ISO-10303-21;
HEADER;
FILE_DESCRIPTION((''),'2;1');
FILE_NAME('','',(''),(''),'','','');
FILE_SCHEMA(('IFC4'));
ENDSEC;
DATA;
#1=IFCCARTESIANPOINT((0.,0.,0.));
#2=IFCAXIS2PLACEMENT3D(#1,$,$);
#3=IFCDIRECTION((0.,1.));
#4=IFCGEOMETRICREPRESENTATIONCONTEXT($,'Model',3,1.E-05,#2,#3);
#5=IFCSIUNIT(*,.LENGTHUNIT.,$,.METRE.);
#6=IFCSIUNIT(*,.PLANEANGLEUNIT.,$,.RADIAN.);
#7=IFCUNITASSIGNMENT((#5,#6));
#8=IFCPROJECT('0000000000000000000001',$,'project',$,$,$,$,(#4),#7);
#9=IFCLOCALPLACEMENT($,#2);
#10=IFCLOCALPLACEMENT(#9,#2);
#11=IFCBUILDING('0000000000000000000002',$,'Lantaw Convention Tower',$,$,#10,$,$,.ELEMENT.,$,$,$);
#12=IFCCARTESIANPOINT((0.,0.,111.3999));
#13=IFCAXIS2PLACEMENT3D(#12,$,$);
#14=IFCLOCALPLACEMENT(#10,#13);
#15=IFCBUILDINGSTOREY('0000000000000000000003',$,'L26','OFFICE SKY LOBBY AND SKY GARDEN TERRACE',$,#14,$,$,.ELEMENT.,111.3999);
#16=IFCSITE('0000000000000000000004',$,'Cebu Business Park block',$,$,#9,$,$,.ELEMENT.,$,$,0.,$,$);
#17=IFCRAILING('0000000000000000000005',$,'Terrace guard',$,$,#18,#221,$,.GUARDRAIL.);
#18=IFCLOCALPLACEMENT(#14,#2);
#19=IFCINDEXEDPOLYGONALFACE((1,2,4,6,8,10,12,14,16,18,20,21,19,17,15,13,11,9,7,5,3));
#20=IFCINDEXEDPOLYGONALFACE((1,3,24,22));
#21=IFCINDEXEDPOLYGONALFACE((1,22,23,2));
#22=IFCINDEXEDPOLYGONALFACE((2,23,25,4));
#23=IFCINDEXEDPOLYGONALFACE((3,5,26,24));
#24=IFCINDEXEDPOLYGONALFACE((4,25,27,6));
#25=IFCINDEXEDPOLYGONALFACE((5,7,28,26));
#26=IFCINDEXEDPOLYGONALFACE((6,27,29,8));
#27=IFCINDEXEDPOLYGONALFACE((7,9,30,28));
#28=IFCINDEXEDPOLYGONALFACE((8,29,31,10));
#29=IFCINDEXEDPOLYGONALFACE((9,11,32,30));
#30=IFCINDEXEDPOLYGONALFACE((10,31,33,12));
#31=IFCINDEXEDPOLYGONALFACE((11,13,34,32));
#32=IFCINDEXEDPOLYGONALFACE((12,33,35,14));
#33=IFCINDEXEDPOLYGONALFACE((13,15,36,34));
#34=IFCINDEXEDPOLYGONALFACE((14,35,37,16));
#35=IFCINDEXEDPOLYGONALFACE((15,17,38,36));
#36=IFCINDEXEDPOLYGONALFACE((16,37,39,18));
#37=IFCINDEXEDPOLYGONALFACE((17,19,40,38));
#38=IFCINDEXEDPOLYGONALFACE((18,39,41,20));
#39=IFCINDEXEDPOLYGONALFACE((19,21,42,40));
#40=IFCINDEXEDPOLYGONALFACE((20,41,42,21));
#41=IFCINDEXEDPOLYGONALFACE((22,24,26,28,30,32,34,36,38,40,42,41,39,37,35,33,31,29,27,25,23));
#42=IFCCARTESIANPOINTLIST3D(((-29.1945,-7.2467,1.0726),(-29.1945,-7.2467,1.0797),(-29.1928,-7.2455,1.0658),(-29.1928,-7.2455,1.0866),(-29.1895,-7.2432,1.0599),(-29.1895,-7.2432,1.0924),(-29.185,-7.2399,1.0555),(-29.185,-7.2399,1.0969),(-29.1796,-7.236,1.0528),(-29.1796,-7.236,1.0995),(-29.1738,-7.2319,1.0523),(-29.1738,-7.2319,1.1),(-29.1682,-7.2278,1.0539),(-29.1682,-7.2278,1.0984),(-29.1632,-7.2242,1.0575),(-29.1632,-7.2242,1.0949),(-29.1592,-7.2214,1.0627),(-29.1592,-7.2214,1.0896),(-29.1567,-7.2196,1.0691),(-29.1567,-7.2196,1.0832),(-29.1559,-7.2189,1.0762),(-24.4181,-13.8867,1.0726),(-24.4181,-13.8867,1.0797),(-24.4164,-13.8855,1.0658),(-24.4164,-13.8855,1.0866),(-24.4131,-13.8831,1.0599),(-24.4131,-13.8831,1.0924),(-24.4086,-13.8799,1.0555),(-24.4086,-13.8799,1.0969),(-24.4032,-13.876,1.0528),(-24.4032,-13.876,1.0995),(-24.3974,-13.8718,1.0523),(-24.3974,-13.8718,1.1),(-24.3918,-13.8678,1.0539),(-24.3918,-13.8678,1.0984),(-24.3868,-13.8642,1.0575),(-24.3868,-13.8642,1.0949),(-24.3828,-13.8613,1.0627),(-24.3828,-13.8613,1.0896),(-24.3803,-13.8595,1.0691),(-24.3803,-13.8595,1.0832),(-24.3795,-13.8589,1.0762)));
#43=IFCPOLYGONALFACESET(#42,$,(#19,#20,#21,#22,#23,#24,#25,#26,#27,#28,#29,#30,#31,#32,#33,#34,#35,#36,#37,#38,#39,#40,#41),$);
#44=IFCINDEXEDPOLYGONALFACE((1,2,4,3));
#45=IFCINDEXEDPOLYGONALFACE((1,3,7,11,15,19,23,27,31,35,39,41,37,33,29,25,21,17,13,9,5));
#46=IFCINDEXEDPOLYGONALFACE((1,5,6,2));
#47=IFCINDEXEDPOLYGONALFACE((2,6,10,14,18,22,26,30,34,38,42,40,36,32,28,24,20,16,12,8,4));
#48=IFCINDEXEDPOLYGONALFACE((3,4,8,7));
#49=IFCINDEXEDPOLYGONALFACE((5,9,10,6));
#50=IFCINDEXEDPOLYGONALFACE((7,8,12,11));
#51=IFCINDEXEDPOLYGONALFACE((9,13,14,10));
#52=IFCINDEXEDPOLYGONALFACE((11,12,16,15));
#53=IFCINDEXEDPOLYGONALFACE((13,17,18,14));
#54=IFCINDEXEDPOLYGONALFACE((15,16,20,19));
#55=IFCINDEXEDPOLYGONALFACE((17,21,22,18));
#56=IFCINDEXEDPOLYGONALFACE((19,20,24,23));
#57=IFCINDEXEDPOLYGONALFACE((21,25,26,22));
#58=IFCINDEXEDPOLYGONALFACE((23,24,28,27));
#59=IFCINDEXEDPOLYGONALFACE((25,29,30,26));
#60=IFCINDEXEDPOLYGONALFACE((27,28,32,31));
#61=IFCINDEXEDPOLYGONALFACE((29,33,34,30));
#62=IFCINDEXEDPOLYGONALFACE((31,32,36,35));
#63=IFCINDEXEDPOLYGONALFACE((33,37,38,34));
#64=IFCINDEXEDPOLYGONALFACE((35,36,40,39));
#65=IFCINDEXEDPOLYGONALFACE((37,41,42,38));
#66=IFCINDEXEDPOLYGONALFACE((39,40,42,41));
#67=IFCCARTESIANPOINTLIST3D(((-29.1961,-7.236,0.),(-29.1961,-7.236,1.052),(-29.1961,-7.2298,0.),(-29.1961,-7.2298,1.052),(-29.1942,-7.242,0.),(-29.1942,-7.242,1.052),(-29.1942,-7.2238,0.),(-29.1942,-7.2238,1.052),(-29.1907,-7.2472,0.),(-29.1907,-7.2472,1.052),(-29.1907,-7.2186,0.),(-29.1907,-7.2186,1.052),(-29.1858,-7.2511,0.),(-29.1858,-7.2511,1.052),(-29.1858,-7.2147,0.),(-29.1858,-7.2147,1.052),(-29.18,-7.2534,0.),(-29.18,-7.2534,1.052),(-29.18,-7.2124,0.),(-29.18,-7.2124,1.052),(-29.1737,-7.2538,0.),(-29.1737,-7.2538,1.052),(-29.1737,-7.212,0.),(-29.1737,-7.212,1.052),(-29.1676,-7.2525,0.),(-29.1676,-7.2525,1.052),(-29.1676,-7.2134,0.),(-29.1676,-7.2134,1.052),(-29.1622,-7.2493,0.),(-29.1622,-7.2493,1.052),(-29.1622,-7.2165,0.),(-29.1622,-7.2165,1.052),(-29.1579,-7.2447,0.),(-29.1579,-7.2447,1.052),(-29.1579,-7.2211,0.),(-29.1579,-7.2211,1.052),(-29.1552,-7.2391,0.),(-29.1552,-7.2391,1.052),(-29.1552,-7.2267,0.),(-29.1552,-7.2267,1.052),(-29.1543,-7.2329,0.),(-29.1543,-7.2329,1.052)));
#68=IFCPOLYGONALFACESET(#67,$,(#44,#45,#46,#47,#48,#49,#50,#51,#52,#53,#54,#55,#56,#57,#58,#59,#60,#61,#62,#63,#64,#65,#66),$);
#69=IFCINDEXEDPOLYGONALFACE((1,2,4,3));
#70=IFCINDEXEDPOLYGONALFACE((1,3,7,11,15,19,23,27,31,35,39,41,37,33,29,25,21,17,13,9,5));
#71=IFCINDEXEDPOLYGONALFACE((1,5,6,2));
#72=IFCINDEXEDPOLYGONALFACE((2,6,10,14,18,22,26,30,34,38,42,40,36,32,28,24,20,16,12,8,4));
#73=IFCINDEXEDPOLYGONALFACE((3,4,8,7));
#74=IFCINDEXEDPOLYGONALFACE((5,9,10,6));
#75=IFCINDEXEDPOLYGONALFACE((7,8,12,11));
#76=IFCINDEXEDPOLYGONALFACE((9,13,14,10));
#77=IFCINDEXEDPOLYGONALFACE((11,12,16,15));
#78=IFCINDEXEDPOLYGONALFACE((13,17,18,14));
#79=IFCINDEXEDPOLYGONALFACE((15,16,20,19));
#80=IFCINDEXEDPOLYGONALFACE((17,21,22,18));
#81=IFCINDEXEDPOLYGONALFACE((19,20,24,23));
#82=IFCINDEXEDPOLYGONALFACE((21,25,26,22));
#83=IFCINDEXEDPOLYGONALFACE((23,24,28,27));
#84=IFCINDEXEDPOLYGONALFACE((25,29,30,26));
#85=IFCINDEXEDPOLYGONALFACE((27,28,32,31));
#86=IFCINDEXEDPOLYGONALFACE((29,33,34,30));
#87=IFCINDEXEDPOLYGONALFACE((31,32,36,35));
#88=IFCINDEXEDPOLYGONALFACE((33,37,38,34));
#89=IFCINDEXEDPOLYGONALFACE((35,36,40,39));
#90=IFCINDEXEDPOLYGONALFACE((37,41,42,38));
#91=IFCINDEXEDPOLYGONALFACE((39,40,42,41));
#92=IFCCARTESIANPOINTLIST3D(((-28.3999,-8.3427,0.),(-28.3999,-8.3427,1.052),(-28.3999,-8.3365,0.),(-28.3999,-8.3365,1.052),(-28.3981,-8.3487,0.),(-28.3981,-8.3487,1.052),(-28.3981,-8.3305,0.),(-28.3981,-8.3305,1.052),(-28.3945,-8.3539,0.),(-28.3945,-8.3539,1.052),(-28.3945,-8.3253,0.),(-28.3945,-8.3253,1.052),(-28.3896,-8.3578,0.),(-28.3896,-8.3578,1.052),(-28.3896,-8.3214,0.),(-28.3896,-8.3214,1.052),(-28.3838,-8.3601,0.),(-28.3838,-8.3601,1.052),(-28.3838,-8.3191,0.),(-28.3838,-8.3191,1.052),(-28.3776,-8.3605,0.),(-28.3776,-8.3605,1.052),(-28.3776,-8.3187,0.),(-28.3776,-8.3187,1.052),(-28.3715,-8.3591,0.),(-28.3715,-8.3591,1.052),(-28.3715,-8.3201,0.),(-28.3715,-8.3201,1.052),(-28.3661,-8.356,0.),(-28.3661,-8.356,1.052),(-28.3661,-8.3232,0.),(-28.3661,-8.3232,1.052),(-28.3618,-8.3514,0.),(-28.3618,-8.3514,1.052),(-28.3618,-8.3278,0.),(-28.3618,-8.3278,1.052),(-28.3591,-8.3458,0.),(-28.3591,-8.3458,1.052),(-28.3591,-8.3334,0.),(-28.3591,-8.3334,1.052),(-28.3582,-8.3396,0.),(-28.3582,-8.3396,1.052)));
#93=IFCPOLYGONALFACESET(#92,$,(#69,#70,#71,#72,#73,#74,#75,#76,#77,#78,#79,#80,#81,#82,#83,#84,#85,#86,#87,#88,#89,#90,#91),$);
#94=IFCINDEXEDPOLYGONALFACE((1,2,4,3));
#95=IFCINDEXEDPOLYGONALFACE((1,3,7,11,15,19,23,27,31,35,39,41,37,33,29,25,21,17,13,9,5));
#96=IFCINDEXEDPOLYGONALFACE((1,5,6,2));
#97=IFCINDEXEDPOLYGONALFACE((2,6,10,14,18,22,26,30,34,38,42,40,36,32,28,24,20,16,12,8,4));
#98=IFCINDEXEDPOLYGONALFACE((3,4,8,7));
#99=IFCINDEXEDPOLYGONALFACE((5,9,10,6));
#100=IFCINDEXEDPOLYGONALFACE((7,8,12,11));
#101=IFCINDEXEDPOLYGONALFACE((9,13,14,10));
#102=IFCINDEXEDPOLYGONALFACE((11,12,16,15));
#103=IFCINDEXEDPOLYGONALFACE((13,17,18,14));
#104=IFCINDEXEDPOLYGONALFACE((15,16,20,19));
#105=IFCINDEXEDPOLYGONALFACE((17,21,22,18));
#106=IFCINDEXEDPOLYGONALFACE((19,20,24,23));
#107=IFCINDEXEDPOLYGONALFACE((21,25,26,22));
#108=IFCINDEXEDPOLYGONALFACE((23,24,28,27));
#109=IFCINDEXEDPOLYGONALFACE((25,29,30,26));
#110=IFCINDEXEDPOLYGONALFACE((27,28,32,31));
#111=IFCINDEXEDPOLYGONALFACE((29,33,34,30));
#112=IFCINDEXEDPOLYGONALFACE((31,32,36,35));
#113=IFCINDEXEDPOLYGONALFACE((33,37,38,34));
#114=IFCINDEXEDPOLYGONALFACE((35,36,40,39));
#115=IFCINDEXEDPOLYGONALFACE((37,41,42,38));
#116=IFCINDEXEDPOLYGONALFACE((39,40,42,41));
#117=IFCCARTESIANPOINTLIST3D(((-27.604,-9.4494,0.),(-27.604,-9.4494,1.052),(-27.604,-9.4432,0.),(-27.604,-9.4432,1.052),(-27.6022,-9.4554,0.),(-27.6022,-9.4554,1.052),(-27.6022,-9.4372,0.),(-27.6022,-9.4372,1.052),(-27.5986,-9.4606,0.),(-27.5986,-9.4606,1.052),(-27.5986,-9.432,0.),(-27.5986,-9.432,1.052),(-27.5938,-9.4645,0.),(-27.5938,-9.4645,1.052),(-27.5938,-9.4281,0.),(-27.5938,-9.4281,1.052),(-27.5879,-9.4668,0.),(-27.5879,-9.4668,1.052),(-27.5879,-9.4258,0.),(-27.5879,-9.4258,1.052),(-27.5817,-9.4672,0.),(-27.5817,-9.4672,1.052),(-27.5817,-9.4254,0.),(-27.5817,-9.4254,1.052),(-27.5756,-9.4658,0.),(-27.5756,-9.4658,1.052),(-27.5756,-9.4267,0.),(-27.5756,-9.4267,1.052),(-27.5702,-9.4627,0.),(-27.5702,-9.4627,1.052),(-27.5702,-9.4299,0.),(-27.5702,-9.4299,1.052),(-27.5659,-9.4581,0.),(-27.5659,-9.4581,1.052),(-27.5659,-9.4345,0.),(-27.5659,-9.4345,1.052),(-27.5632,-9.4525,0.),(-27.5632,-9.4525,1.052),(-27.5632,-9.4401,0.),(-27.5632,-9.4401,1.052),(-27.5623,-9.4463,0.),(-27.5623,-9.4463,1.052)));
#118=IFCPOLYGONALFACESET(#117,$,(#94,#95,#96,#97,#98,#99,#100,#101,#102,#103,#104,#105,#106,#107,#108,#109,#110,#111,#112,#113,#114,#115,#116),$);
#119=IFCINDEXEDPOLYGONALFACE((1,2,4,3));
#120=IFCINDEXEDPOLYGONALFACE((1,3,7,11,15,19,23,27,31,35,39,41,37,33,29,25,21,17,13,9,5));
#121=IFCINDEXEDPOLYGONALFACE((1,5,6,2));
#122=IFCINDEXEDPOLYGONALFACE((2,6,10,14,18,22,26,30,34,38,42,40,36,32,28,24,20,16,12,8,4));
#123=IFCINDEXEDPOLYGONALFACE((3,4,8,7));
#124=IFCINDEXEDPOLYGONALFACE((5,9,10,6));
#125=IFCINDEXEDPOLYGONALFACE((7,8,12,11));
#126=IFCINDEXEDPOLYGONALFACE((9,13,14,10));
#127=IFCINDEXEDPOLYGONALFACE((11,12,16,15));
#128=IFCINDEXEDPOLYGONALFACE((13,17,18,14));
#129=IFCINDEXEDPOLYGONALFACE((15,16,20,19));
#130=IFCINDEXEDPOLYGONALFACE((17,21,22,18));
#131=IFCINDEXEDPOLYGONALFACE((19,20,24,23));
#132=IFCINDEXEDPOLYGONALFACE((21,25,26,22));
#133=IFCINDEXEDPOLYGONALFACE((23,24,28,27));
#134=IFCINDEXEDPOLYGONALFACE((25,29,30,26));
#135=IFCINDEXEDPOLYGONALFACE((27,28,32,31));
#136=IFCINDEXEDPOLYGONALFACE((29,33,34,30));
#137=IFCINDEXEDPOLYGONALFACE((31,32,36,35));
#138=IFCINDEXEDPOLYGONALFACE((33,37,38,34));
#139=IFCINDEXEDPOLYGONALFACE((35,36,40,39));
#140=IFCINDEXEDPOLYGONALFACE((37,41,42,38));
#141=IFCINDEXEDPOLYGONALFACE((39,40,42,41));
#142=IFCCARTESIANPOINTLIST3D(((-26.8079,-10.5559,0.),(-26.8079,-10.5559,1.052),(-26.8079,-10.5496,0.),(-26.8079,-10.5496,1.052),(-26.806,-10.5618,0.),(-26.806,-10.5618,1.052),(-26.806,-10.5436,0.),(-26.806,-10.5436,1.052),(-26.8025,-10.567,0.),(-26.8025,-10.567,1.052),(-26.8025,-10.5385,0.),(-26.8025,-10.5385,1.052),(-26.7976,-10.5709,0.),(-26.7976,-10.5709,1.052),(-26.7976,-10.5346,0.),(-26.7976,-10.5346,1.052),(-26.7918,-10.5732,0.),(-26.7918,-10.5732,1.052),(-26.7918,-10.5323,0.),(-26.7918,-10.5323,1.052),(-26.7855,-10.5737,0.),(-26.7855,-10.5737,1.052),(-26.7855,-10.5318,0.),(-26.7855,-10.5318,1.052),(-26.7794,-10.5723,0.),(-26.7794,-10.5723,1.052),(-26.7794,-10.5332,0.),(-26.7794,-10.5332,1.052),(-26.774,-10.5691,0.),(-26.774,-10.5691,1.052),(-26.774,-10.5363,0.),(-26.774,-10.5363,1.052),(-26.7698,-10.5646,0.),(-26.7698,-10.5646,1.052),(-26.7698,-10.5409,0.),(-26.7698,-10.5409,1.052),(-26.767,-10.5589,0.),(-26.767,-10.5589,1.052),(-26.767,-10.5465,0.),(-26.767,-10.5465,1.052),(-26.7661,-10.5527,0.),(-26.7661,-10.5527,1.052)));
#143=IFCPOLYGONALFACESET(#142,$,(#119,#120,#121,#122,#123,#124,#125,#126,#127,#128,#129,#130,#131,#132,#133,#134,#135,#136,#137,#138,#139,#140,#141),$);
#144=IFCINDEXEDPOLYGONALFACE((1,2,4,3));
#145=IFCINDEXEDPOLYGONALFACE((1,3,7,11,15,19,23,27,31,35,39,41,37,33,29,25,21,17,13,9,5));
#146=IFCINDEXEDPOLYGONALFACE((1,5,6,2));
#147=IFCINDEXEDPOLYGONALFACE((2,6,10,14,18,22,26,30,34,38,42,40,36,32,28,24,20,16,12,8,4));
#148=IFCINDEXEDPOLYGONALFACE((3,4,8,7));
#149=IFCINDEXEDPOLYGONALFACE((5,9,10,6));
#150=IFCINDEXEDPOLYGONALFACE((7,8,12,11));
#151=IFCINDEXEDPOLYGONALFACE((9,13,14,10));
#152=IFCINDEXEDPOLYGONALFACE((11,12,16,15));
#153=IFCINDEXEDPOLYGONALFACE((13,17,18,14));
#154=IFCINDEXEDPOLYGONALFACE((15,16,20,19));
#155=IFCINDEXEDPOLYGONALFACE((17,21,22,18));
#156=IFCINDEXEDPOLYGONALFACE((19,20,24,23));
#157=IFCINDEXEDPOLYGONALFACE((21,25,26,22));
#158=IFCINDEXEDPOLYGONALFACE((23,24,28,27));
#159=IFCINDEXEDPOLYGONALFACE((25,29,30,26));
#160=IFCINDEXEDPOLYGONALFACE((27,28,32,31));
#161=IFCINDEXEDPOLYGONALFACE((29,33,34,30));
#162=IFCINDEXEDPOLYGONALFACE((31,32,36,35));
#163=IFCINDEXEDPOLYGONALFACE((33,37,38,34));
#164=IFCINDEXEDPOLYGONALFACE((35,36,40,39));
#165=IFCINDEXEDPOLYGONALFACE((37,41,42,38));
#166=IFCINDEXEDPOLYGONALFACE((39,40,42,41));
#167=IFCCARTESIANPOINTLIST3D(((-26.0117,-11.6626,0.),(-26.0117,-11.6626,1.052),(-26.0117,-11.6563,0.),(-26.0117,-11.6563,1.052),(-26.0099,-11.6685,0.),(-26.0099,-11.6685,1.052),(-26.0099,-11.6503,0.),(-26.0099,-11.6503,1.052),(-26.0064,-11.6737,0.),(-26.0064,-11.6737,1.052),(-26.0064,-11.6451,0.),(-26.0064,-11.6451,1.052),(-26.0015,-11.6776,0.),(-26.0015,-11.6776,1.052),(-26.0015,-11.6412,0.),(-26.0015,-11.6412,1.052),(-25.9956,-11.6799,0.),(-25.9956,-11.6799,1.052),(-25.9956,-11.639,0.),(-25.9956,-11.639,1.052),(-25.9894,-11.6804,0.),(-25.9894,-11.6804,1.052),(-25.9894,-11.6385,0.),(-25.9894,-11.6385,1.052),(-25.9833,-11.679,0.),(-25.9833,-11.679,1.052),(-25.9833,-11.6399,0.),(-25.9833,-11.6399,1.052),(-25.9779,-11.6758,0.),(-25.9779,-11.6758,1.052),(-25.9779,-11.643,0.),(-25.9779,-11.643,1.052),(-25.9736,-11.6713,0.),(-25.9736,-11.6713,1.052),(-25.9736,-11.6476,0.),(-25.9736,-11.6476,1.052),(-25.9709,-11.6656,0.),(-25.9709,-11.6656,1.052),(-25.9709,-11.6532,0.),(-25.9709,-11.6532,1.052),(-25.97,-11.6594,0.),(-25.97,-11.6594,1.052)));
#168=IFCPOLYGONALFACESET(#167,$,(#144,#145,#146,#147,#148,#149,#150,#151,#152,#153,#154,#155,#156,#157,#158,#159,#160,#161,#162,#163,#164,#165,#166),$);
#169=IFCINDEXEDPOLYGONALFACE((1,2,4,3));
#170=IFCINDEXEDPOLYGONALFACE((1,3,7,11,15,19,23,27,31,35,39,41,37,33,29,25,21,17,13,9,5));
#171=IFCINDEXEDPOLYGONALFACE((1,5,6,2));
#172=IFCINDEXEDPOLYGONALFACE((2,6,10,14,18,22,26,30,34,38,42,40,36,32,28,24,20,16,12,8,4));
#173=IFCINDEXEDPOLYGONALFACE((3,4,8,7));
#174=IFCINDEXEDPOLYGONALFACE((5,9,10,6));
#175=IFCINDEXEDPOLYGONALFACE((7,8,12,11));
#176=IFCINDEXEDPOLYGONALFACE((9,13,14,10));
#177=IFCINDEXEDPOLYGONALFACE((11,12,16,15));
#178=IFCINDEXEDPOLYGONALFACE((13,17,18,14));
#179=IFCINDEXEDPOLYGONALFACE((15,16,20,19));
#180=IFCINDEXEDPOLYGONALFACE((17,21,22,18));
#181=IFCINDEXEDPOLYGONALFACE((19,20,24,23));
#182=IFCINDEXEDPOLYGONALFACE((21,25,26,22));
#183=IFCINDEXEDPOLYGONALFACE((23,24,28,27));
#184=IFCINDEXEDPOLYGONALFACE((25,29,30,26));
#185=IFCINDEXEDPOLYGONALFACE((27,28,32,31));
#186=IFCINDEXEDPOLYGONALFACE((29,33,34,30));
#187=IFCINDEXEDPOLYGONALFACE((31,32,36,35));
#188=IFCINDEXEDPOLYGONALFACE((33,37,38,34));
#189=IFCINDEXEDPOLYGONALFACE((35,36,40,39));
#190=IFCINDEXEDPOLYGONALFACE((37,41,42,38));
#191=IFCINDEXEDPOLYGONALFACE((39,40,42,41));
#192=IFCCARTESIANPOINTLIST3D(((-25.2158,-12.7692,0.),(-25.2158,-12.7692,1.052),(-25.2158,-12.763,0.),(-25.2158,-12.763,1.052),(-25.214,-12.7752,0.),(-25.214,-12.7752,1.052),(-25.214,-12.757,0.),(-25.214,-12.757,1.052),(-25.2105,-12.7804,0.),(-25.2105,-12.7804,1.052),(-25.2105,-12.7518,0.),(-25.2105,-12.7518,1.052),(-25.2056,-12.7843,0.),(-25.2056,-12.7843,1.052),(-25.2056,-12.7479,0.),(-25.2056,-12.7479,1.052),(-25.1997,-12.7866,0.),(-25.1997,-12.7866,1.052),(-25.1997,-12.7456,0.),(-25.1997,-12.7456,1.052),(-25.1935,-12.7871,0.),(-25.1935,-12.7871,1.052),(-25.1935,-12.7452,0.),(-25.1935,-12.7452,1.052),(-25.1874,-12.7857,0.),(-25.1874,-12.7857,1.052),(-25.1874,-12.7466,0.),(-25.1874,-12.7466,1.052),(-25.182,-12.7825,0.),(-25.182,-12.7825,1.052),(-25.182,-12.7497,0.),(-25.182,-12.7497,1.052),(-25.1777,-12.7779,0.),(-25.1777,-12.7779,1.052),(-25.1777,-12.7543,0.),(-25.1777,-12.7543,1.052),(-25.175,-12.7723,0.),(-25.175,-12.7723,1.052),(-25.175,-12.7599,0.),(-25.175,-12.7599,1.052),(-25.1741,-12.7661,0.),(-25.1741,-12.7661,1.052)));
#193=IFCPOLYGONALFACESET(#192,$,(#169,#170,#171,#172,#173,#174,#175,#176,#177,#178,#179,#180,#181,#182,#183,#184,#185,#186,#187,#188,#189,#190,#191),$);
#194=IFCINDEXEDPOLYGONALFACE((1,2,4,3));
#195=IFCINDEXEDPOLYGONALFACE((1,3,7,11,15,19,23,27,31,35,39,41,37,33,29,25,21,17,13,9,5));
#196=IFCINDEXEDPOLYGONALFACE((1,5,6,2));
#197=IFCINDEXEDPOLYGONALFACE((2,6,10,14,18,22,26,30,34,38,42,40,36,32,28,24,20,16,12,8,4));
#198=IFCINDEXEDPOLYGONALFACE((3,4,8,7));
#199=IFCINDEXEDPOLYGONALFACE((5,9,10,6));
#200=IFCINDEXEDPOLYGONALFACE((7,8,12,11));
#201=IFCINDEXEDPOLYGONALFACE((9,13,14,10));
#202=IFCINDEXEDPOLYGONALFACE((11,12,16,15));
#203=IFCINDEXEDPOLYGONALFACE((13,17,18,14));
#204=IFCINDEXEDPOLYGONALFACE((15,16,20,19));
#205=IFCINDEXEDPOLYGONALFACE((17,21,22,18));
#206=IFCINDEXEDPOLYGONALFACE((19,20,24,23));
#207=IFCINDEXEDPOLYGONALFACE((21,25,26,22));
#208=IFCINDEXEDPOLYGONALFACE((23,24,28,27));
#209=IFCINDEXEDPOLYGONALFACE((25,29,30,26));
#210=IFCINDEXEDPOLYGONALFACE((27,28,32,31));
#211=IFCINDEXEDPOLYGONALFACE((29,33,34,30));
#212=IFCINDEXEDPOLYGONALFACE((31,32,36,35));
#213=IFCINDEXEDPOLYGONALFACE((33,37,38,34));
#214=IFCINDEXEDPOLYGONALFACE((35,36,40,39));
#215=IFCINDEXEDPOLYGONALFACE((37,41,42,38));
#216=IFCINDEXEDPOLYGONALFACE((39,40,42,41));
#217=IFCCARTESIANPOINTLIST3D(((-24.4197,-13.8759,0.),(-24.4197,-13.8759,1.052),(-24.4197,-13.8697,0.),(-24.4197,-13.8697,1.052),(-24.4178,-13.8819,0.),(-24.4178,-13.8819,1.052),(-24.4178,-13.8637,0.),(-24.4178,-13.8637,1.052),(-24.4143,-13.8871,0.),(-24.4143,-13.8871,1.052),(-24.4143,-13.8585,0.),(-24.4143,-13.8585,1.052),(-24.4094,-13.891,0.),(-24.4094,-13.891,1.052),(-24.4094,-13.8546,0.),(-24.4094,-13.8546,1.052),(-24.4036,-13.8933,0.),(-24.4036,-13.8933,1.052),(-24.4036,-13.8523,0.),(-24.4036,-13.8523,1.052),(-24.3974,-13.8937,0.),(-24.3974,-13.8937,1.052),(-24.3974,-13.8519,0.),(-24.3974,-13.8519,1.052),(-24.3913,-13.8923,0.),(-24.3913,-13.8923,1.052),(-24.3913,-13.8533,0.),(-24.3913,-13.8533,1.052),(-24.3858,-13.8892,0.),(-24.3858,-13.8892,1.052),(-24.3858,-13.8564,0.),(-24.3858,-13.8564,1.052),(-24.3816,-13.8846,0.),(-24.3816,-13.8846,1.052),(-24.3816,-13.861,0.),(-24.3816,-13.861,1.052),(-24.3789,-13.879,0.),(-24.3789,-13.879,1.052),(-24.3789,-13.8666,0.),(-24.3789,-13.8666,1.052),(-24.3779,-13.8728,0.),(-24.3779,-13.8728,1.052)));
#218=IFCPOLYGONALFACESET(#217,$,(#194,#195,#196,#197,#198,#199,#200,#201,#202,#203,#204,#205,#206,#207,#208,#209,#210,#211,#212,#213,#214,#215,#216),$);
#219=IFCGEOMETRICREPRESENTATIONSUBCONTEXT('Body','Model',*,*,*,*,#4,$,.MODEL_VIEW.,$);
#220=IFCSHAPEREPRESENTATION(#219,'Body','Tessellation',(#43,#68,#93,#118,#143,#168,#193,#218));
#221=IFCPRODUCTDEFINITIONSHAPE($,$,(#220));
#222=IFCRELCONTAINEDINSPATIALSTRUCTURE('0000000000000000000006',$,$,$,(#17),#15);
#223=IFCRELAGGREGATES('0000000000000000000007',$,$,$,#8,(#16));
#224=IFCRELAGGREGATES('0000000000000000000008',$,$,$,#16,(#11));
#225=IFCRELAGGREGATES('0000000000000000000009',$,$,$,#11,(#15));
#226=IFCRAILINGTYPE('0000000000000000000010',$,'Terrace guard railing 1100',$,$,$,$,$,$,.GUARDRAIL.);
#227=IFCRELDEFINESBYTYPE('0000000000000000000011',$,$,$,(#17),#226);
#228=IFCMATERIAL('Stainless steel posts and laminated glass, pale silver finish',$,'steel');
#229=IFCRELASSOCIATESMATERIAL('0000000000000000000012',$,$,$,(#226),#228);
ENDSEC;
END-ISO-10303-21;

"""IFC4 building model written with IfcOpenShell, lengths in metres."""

from ifc_helpers import new_model, si_unit, direction, frame, origin, origin_2d, place, context, subcontext, project, spatial, circle, extrude, material, type_object, element, save


model = new_model("IFC4")

# Units and contexts
model_context = context("Model", 3, precision=1e-05, world=origin(), true_north=direction((0.0, 1.0)))
body_context = subcontext(model_context, "Body", "Model", "MODEL_VIEW")
ifc_project = project(units=[si_unit("LENGTHUNIT", "METRE"), si_unit("PLANEANGLEUNIT", "RADIAN")], contexts=[model_context])

# Site, building, storey
site_placement = place(None, origin())
site = spatial("IfcSite", under=ifc_project, at=site_placement, Name="Cebu Business Park block", CompositionType="ELEMENT", RefElevation=0.0)
building_placement = place(site_placement, origin())
building = spatial("IfcBuilding", under=site, at=building_placement, Name="Lantaw Convention Tower", CompositionType="ELEMENT")
storey_placement = place(building_placement, frame((0.0, 0.0, 111.3999)))
storey = spatial("IfcBuildingStorey", under=building, at=storey_placement, Name="L26", Description="OFFICE SKY LOBBY AND SKY GARDEN TERRACE", CompositionType="ELEMENT", Elevation=111.3999)

# Railing
ifc_material_1 = material(Name="Stainless steel posts and laminated glass, pale silver finish", Category="steel")
railing_type = type_object("IfcRailingType", Name="Terrace guard railing 1100", PredefinedType="GUARDRAIL", material=ifc_material_1)
railing_1_placement = place(storey_placement, frame((-29.1753, -7.2329, 0.0)))
element("IfcRailing", 1, at=railing_1_placement, inside=storey, type_object=railing_type, Name="Terrace guard", PredefinedType="GUARDRAIL", context=body_context, shape_type="SweptSolid", body=[
    extrude(circle(Radius=0.0239, at=origin_2d()), frame((0.0, 0.0, 1.0762), z_axis=(0.583954, -0.811787, 0.0), x_axis=(0.811787, 0.583954, 0.0)), (0.0, 0.0, 1.0), 8.1794),
    extrude(circle(Radius=0.021, at=origin_2d()), origin(), (0.0, 0.0, 1.0), 1.052),
    extrude(circle(Radius=0.021, at=origin_2d()), frame((0.7961, -1.1067, 0.0)), (0.0, 0.0, 1.0), 1.052),
    extrude(circle(Radius=0.021, at=origin_2d()), frame((1.592, -2.2134, 0.0)), (0.0, 0.0, 1.0), 1.052),
    extrude(circle(Radius=0.021, at=origin_2d()), frame((2.3882, -3.3198, 0.0)), (0.0, 0.0, 1.0), 1.052),
    extrude(circle(Radius=0.021, at=origin_2d()), frame((3.1843, -4.4265, 0.0)), (0.0, 0.0, 1.0), 1.052),
    extrude(circle(Radius=0.021, at=origin_2d()), frame((3.9802, -5.5332, 0.0)), (0.0, 0.0, 1.0), 1.052),
    extrude(circle(Radius=0.021, at=origin_2d()), frame((4.7764, -6.6399, 0.0)), (0.0, 0.0, 1.0), 1.052),
])

save(model, "model.ifc")
